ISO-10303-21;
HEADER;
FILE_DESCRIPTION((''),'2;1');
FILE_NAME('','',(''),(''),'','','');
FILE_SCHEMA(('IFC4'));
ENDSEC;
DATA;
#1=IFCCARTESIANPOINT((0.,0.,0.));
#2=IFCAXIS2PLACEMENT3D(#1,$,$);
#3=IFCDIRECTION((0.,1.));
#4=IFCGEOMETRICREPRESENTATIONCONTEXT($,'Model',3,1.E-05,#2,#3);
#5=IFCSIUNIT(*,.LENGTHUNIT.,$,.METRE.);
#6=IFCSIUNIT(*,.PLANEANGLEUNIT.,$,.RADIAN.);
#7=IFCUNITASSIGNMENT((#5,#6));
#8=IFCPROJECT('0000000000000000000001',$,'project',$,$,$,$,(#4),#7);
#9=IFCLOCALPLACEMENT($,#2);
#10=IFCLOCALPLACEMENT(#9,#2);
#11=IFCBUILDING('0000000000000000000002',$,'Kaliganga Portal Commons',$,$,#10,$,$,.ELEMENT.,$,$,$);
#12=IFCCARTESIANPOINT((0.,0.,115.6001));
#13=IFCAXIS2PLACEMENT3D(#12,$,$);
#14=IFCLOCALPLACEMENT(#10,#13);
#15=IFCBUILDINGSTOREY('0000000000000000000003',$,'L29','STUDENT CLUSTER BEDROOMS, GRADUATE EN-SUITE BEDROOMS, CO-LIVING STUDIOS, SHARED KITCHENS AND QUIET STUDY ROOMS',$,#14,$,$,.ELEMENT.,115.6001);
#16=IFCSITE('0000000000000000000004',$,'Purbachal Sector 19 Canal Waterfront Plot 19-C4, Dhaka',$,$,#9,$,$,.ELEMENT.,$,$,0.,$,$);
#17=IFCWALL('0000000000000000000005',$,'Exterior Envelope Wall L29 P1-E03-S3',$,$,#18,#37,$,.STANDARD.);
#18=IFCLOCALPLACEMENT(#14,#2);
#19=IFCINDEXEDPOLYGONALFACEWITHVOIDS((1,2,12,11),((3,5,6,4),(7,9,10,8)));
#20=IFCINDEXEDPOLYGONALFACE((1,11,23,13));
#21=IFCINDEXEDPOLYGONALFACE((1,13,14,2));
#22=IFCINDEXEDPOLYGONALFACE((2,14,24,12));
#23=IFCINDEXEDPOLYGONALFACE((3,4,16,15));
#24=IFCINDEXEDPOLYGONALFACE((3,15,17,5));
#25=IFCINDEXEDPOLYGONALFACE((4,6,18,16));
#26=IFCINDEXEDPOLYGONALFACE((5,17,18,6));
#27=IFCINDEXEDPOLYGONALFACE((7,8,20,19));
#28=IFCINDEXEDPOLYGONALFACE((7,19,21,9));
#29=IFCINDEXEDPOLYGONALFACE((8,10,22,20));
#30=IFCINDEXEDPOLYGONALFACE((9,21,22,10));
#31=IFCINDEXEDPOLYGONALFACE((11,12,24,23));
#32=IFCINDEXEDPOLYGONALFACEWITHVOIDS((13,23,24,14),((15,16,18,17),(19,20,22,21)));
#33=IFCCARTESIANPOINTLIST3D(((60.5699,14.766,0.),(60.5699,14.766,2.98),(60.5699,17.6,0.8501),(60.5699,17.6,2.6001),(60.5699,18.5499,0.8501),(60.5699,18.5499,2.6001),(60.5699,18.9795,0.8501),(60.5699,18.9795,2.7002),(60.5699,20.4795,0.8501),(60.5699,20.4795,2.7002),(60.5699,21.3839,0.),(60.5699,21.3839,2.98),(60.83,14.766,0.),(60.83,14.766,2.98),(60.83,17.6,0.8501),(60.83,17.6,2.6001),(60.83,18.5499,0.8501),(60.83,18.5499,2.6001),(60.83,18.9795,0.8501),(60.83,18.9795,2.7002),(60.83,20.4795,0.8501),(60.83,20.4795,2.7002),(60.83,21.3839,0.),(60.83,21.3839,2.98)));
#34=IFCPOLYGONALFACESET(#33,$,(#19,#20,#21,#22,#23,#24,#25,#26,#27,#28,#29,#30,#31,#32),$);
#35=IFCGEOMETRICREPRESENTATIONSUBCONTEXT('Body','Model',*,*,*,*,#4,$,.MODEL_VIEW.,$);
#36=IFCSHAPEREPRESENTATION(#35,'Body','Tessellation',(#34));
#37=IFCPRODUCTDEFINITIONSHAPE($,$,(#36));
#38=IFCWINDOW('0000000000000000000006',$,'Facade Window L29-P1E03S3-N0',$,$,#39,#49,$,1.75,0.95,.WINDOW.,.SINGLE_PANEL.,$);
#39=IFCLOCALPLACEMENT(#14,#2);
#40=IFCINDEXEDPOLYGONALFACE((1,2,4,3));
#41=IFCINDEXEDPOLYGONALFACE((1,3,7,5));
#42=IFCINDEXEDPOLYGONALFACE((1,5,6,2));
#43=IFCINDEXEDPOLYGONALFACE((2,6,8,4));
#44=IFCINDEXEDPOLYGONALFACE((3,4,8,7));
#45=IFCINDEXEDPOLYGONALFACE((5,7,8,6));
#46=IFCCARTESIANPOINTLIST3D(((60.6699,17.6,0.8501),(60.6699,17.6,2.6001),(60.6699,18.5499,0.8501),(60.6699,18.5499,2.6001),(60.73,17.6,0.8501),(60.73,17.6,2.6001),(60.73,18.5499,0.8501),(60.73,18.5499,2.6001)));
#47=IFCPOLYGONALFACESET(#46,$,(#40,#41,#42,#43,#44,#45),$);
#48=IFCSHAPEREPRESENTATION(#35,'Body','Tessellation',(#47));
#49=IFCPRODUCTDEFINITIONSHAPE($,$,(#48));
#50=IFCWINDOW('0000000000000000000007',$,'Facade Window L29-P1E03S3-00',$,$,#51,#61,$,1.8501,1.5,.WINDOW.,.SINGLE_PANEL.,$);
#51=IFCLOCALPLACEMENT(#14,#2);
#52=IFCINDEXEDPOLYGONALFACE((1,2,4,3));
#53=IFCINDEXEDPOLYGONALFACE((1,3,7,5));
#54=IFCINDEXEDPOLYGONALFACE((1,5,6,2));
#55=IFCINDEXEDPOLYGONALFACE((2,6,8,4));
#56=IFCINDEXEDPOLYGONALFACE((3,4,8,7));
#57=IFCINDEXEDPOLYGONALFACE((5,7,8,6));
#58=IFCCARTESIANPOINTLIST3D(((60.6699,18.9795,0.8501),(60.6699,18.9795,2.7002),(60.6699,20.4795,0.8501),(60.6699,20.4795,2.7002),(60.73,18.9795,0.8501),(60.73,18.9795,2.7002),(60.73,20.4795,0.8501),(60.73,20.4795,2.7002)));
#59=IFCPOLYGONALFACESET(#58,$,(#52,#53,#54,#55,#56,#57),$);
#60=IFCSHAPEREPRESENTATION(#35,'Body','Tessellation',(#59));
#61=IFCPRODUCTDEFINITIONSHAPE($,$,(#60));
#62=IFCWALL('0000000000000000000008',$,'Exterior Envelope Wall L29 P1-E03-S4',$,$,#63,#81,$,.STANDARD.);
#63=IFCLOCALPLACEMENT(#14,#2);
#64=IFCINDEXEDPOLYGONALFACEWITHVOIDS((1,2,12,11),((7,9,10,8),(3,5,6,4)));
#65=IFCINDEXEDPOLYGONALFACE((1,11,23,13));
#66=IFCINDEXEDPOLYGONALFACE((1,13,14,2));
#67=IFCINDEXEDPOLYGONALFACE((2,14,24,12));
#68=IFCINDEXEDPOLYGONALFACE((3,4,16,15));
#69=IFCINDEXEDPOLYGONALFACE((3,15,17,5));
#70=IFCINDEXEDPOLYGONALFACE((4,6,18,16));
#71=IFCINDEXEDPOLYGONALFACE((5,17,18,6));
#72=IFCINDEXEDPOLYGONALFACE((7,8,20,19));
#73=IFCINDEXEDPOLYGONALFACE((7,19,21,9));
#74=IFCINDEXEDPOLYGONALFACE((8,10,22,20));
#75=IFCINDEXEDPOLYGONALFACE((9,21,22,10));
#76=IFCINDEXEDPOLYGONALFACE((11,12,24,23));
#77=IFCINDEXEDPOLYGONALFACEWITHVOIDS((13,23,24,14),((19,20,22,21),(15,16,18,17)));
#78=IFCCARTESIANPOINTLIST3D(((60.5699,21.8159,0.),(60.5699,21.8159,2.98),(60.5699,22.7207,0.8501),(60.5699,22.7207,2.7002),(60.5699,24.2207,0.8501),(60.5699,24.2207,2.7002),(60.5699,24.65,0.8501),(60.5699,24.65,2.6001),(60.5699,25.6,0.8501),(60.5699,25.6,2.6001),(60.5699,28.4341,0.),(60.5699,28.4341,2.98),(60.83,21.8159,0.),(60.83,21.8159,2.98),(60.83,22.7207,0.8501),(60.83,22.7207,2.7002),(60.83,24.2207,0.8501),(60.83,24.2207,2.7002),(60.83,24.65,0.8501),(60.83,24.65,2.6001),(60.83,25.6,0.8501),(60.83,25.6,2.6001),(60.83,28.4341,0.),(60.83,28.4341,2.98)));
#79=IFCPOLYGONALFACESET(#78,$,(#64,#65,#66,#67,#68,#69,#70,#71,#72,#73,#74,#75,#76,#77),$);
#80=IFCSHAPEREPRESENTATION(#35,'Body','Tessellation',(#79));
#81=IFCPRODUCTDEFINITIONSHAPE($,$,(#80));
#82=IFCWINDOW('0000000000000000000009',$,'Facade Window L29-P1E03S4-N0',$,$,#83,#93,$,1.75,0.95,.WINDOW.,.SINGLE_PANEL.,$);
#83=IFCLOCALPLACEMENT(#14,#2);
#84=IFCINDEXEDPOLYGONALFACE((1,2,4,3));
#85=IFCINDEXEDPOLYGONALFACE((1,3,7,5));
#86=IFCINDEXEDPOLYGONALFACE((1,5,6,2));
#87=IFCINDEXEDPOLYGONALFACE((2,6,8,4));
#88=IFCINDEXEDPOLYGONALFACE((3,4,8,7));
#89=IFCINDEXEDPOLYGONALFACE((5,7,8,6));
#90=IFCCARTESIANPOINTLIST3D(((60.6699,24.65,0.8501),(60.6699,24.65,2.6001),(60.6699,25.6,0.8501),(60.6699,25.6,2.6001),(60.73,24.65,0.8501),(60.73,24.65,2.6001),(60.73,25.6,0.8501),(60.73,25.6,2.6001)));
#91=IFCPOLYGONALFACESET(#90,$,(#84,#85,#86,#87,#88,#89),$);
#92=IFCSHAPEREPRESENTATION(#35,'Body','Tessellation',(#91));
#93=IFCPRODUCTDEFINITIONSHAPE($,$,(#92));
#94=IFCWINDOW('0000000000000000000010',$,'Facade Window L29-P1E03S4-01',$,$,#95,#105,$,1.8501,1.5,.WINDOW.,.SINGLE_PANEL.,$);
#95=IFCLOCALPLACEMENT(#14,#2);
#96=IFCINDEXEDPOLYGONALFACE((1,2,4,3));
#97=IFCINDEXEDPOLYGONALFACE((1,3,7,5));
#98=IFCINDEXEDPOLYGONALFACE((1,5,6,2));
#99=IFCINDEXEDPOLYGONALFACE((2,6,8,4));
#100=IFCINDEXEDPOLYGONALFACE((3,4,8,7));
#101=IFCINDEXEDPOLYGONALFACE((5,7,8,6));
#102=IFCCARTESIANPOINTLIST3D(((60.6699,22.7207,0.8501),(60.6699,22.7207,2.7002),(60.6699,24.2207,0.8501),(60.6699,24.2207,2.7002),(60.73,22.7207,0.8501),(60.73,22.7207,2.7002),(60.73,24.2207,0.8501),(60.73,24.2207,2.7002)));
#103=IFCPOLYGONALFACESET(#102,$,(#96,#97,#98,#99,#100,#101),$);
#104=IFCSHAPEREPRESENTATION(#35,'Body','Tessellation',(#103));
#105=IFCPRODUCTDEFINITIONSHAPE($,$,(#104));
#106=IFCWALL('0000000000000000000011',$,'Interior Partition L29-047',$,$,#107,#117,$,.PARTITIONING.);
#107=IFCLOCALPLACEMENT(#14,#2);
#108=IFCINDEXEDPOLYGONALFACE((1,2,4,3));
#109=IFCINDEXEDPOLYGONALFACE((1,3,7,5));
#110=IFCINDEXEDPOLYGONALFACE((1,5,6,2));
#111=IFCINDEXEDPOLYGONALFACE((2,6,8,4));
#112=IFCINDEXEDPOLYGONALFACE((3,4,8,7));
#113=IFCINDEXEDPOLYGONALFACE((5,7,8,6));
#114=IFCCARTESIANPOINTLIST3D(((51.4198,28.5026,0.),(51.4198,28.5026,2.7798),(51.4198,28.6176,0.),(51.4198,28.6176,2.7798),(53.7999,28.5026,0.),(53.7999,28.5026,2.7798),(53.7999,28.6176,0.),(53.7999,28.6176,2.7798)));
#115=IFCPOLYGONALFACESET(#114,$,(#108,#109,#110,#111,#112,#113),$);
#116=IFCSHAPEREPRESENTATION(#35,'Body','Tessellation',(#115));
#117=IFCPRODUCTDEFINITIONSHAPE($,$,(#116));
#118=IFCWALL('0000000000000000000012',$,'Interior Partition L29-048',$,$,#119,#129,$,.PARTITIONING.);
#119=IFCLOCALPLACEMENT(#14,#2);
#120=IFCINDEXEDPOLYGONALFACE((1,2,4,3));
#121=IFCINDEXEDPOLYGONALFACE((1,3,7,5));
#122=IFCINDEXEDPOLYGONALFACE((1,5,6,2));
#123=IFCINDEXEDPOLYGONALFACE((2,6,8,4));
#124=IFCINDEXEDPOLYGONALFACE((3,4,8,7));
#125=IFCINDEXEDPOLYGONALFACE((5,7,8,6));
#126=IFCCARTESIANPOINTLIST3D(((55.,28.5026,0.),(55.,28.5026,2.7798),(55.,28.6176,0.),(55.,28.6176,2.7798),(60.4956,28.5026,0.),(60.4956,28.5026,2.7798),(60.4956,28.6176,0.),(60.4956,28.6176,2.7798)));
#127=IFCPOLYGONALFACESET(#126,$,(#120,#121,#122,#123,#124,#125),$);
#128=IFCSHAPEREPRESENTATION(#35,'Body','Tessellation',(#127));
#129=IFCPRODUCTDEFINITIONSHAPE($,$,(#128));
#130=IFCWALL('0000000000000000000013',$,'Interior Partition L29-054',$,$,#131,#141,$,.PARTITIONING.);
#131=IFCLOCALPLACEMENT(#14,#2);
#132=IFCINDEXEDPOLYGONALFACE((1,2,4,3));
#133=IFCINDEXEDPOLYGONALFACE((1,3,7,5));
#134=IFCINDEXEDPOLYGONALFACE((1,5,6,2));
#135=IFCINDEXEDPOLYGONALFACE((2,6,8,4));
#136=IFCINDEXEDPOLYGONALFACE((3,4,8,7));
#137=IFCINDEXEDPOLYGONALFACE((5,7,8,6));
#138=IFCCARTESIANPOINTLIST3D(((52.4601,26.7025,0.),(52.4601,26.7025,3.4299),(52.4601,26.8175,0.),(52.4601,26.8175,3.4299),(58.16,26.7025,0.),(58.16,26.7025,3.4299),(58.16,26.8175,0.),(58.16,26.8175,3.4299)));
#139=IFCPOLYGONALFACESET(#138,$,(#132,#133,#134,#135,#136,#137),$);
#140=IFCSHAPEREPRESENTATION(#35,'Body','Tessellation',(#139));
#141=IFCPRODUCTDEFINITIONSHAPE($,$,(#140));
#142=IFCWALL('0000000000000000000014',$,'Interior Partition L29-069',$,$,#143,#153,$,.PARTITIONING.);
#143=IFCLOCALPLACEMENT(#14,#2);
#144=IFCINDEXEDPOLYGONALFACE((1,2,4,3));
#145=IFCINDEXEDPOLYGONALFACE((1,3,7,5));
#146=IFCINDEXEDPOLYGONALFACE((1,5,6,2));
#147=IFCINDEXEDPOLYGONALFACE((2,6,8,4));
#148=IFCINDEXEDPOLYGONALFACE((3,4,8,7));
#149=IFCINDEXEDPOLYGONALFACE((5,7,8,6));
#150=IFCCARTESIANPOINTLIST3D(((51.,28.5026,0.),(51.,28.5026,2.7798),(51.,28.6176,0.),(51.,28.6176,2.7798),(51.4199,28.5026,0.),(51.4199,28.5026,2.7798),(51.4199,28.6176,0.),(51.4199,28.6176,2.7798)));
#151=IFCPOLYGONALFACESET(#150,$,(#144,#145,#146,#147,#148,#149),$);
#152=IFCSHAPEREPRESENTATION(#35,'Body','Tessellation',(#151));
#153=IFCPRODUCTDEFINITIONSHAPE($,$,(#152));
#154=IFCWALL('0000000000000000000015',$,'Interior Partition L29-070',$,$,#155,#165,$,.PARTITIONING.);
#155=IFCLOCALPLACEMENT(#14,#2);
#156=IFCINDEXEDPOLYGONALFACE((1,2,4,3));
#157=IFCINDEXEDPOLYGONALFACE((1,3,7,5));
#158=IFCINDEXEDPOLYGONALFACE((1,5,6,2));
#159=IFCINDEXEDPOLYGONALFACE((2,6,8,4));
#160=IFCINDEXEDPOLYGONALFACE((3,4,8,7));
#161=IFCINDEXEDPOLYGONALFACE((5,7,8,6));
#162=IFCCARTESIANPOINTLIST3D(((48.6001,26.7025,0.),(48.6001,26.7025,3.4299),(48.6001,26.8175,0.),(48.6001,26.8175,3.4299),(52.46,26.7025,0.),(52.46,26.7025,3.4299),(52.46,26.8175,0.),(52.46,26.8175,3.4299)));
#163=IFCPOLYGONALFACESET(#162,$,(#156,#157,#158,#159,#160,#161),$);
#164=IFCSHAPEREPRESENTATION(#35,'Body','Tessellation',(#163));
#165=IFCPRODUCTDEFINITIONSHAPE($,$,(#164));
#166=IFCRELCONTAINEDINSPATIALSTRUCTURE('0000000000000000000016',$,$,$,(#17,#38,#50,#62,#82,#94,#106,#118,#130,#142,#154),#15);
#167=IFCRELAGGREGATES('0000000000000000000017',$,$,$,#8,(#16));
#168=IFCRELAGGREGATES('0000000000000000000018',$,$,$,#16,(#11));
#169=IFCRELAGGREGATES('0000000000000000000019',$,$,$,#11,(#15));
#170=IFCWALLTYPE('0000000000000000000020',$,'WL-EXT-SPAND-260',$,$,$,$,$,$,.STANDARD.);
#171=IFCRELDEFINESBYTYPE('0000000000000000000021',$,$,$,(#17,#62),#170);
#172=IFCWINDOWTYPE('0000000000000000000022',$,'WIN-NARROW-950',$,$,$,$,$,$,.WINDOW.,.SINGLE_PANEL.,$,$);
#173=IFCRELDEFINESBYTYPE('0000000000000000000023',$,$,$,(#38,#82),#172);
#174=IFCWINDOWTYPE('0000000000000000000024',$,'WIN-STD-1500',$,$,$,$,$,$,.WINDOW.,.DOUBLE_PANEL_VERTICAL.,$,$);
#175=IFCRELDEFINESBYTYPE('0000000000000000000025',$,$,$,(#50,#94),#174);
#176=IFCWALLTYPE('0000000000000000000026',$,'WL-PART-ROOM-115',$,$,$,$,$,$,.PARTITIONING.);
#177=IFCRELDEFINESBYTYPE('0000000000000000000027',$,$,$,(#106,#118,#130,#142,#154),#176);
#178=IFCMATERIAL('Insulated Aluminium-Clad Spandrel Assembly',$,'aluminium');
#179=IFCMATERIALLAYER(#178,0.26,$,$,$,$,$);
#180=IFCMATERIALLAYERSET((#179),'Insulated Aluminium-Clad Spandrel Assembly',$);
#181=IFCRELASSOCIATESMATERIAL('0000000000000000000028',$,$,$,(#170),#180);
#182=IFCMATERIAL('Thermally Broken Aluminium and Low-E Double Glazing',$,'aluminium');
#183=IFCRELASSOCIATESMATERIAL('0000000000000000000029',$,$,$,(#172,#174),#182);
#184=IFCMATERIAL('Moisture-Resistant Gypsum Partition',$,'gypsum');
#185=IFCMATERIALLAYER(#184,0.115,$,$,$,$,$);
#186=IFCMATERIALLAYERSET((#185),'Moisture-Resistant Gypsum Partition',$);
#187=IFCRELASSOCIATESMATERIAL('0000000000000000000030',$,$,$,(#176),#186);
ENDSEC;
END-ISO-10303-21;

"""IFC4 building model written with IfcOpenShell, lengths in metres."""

from ifc_helpers import new_model, si_unit, direction, frame, frame_2d, origin, place, context, subcontext, project, spatial, rectangle, extrude, material, layer, layer_set, type_object, element, fill, save


model = new_model("IFC4")

# Units and contexts
model_context = context("Model", 3, precision=1e-05, world=origin(), true_north=direction((0.0, 1.0)))
body_context = subcontext(model_context, "Body", "Model", "MODEL_VIEW")
ifc_project = project(units=[si_unit("LENGTHUNIT", "METRE"), si_unit("PLANEANGLEUNIT", "RADIAN")], contexts=[model_context])

# Site, building, storey
site_placement = place(None, origin())
site = spatial("IfcSite", under=ifc_project, at=site_placement, Name="Purbachal Sector 19 Canal Waterfront Plot 19-C4, Dhaka", CompositionType="ELEMENT", RefElevation=0.0)
building_placement = place(site_placement, origin())
building = spatial("IfcBuilding", under=site, at=building_placement, Name="Kaliganga Portal Commons", CompositionType="ELEMENT")
storey_placement = place(building_placement, frame((0.0, 0.0, 115.6001)))
storey = spatial("IfcBuildingStorey", under=building, at=storey_placement, Name="L29", Description="STUDENT CLUSTER BEDROOMS, GRADUATE EN-SUITE BEDROOMS, CO-LIVING STUDIOS, SHARED KITCHENS AND QUIET STUDY ROOMS", CompositionType="ELEMENT", Elevation=115.6001)

# Walls, openings, windows
ifc_material_1 = material(Name="Insulated Aluminium-Clad Spandrel Assembly", Category="aluminium")
ifc_layer_1 = layer(ifc_material_1, 0.26)
ifc_layer_set_1 = layer_set([ifc_layer_1], Name="Insulated Aluminium-Clad Spandrel Assembly")
wall_type_1 = type_object("IfcWallType", Name="WL-EXT-SPAND-260", PredefinedType="STANDARD", material=ifc_layer_set_1)
wall_1_placement = place(storey_placement, frame((60.7, 21.384, 0.0), z_axis=(0.0, 0.0, 1.0), x_axis=(0.0, -1.0, 0.0)))
wall_1 = element("IfcWall", 1, at=wall_1_placement, inside=storey, type_object=wall_type_1, Name="Exterior Envelope Wall L29 P1-E03-S3", PredefinedType="STANDARD", context=body_context, shape_type="SweptSolid", body=[
    extrude(rectangle(XDim=6.6179, YDim=0.26, at=frame_2d((3.3091, 0.0))), origin(), (0.0, 0.0, 1.0), 2.98),
])
opening_1_placement = place(wall_1_placement, frame((0.9045, 0.0, 0.8501)))
opening_1 = element("IfcOpeningElement", 2, at=opening_1_placement, cuts=wall_1, PredefinedType="OPENING", context=body_context, shape_type="SweptSolid", body=[
    extrude(rectangle(XDim=1.5, YDim=1.8501, at=frame_2d((0.75, 0.925))), frame((0.0, 0.1401, 0.0), z_axis=(0.0, -1.0, 0.0), x_axis=(1.0, 0.0, 0.0)), (0.0, 0.0, 1.0), 0.28),
])
opening_2_placement = place(wall_1_placement, frame((2.834, 0.0, 0.8501)))
opening_2 = element("IfcOpeningElement", 3, at=opening_2_placement, cuts=wall_1, PredefinedType="OPENING", context=body_context, shape_type="SweptSolid", body=[
    extrude(rectangle(XDim=0.95, YDim=1.75, at=frame_2d((0.4751, 0.875))), frame((0.0, 0.1401, 0.0), z_axis=(0.0, -1.0, 0.0), x_axis=(1.0, 0.0, 0.0)), (0.0, 0.0, 1.0), 0.28),
])
ifc_material_2 = material(Name="Thermally Broken Aluminium and Low-E Double Glazing", Category="aluminium")
window_type_1 = type_object("IfcWindowType", Name="WIN-NARROW-950", PartitioningType="SINGLE_PANEL", PredefinedType="WINDOW", material=ifc_material_2)
window_1_placement = place(opening_2_placement, origin())
window_1 = element("IfcWindow", 4, at=window_1_placement, inside=storey, type_object=window_type_1, Name="Facade Window L29-P1E03S3-N0", OverallHeight=1.75, OverallWidth=0.95, PartitioningType="SINGLE_PANEL", PredefinedType="WINDOW", context=body_context, shape_type="SweptSolid", body=[
    extrude(rectangle(XDim=0.95, YDim=1.75, at=frame_2d((0.4751, 0.875))), frame((0.0, 0.03, 0.0), z_axis=(0.0, -1.0, 0.0), x_axis=(1.0, 0.0, 0.0)), (0.0, 0.0, 1.0), 0.0601),
])
fill(opening_2, window_1)
window_type_2 = type_object("IfcWindowType", Name="WIN-STD-1500", PartitioningType="DOUBLE_PANEL_VERTICAL", PredefinedType="WINDOW", material=ifc_material_2)
window_2_placement = place(opening_1_placement, origin())
window_2 = element("IfcWindow", 5, at=window_2_placement, inside=storey, type_object=window_type_2, Name="Facade Window L29-P1E03S3-00", OverallHeight=1.8501, OverallWidth=1.5, PartitioningType="SINGLE_PANEL", PredefinedType="WINDOW", context=body_context, shape_type="SweptSolid", body=[
    extrude(rectangle(XDim=1.5, YDim=1.8501, at=frame_2d((0.75, 0.925))), frame((0.0, 0.03, 0.0), z_axis=(0.0, -1.0, 0.0), x_axis=(1.0, 0.0, 0.0)), (0.0, 0.0, 1.0), 0.0601),
])
fill(opening_1, window_2)
wall_2_placement = place(storey_placement, frame((60.7, 28.4341, 0.0), z_axis=(0.0, 0.0, 1.0), x_axis=(0.0, -1.0, 0.0)))
wall_2 = element("IfcWall", 6, at=wall_2_placement, inside=storey, type_object=wall_type_1, Name="Exterior Envelope Wall L29 P1-E03-S4", PredefinedType="STANDARD", context=body_context, shape_type="SweptSolid", body=[
    extrude(rectangle(XDim=6.6182, YDim=0.26, at=frame_2d((3.3091, 0.0))), origin(), (0.0, 0.0, 1.0), 2.98),
])
opening_3_placement = place(wall_2_placement, frame((4.2134, 0.0, 0.8501)))
opening_3 = element("IfcOpeningElement", 7, at=opening_3_placement, cuts=wall_2, PredefinedType="OPENING", context=body_context, shape_type="SweptSolid", body=[
    extrude(rectangle(XDim=1.5, YDim=1.8501, at=frame_2d((0.75, 0.925))), frame((0.0, 0.1401, 0.0), z_axis=(0.0, -1.0, 0.0), x_axis=(1.0, 0.0, 0.0)), (0.0, 0.0, 1.0), 0.28),
])
opening_4_placement = place(wall_2_placement, frame((2.834, 0.0, 0.8501)))
opening_4 = element("IfcOpeningElement", 8, at=opening_4_placement, cuts=wall_2, PredefinedType="OPENING", context=body_context, shape_type="SweptSolid", body=[
    extrude(rectangle(XDim=0.95, YDim=1.75, at=frame_2d((0.4751, 0.875))), frame((0.0, 0.1401, 0.0), z_axis=(0.0, -1.0, 0.0), x_axis=(1.0, 0.0, 0.0)), (0.0, 0.0, 1.0), 0.28),
])
window_3_placement = place(opening_4_placement, origin())
window_3 = element("IfcWindow", 9, at=window_3_placement, inside=storey, type_object=window_type_1, Name="Facade Window L29-P1E03S4-N0", OverallHeight=1.75, OverallWidth=0.95, PartitioningType="SINGLE_PANEL", PredefinedType="WINDOW", context=body_context, shape_type="SweptSolid", body=[
    extrude(rectangle(XDim=0.95, YDim=1.75, at=frame_2d((0.4751, 0.875))), frame((0.0, 0.03, 0.0), z_axis=(0.0, -1.0, 0.0), x_axis=(1.0, 0.0, 0.0)), (0.0, 0.0, 1.0), 0.0601),
])
fill(opening_4, window_3)
window_4_placement = place(opening_3_placement, origin())
window_4 = element("IfcWindow", 10, at=window_4_placement, inside=storey, type_object=window_type_2, Name="Facade Window L29-P1E03S4-01", OverallHeight=1.8501, OverallWidth=1.5, PartitioningType="SINGLE_PANEL", PredefinedType="WINDOW", context=body_context, shape_type="SweptSolid", body=[
    extrude(rectangle(XDim=1.5, YDim=1.8501, at=frame_2d((0.75, 0.925))), frame((0.0, 0.03, 0.0), z_axis=(0.0, -1.0, 0.0), x_axis=(1.0, 0.0, 0.0)), (0.0, 0.0, 1.0), 0.0601),
])
fill(opening_3, window_4)

# Walls
ifc_material_3 = material(Name="Moisture-Resistant Gypsum Partition", Category="gypsum")
ifc_layer_2 = layer(ifc_material_3, 0.115)
ifc_layer_set_2 = layer_set([ifc_layer_2], Name="Moisture-Resistant Gypsum Partition")
wall_type_2 = type_object("IfcWallType", Name="WL-PART-ROOM-115", PredefinedType="PARTITIONING", material=ifc_layer_set_2)
wall_3_placement = place(storey_placement, frame((51.4199, 28.5601, 0.0), z_axis=(0.0, 0.0, 1.0), x_axis=(1.0, 0.0, 0.0)))
element("IfcWall", 11, at=wall_3_placement, inside=storey, type_object=wall_type_2, Name="Interior Partition L29-047", PredefinedType="PARTITIONING", context=body_context, shape_type="SweptSolid", body=[
    extrude(rectangle(XDim=2.3801, YDim=0.115, at=frame_2d((1.1899, 0.0))), origin(), (0.0, 0.0, 1.0), 2.7798),
])
wall_4_placement = place(storey_placement, frame((55.0, 28.5601, 0.0), z_axis=(0.0, 0.0, 1.0), x_axis=(1.0, 0.0, 0.0)))
element("IfcWall", 12, at=wall_4_placement, inside=storey, type_object=wall_type_2, Name="Interior Partition L29-048", PredefinedType="PARTITIONING", context=body_context, shape_type="SweptSolid", body=[
    extrude(rectangle(XDim=5.4956, YDim=0.115, at=frame_2d((2.7478, 0.0))), origin(), (0.0, 0.0, 1.0), 2.7798),
])
wall_5_placement = place(storey_placement, frame((52.46, 26.76, 0.0), z_axis=(0.0, 0.0, 1.0), x_axis=(1.0, 0.0, 0.0)))
element("IfcWall", 13, at=wall_5_placement, inside=storey, type_object=wall_type_2, Name="Interior Partition L29-054", PredefinedType="PARTITIONING", context=body_context, shape_type="SweptSolid", body=[
    extrude(rectangle(XDim=5.7, YDim=0.115, at=frame_2d((2.8501, 0.0))), origin(), (0.0, 0.0, 1.0), 3.4299),
])
wall_6_placement = place(storey_placement, frame((51.0, 28.5601, 0.0), z_axis=(0.0, 0.0, 1.0), x_axis=(1.0, 0.0, 0.0)))
element("IfcWall", 14, at=wall_6_placement, inside=storey, type_object=wall_type_2, Name="Interior Partition L29-069", PredefinedType="PARTITIONING", context=body_context, shape_type="SweptSolid", body=[
    extrude(rectangle(XDim=0.4199, YDim=0.115, at=frame_2d((0.21, 0.0))), origin(), (0.0, 0.0, 1.0), 2.7798),
])
wall_7_placement = place(storey_placement, frame((48.6001, 26.76, 0.0), z_axis=(0.0, 0.0, 1.0), x_axis=(1.0, 0.0, 0.0)))
element("IfcWall", 15, at=wall_7_placement, inside=storey, type_object=wall_type_2, Name="Interior Partition L29-070", PredefinedType="PARTITIONING", context=body_context, shape_type="SweptSolid", body=[
    extrude(rectangle(XDim=3.8599, YDim=0.115, at=frame_2d((1.9299, 0.0))), origin(), (0.0, 0.0, 1.0), 3.4299),
])

save(model, "model.ifc")
